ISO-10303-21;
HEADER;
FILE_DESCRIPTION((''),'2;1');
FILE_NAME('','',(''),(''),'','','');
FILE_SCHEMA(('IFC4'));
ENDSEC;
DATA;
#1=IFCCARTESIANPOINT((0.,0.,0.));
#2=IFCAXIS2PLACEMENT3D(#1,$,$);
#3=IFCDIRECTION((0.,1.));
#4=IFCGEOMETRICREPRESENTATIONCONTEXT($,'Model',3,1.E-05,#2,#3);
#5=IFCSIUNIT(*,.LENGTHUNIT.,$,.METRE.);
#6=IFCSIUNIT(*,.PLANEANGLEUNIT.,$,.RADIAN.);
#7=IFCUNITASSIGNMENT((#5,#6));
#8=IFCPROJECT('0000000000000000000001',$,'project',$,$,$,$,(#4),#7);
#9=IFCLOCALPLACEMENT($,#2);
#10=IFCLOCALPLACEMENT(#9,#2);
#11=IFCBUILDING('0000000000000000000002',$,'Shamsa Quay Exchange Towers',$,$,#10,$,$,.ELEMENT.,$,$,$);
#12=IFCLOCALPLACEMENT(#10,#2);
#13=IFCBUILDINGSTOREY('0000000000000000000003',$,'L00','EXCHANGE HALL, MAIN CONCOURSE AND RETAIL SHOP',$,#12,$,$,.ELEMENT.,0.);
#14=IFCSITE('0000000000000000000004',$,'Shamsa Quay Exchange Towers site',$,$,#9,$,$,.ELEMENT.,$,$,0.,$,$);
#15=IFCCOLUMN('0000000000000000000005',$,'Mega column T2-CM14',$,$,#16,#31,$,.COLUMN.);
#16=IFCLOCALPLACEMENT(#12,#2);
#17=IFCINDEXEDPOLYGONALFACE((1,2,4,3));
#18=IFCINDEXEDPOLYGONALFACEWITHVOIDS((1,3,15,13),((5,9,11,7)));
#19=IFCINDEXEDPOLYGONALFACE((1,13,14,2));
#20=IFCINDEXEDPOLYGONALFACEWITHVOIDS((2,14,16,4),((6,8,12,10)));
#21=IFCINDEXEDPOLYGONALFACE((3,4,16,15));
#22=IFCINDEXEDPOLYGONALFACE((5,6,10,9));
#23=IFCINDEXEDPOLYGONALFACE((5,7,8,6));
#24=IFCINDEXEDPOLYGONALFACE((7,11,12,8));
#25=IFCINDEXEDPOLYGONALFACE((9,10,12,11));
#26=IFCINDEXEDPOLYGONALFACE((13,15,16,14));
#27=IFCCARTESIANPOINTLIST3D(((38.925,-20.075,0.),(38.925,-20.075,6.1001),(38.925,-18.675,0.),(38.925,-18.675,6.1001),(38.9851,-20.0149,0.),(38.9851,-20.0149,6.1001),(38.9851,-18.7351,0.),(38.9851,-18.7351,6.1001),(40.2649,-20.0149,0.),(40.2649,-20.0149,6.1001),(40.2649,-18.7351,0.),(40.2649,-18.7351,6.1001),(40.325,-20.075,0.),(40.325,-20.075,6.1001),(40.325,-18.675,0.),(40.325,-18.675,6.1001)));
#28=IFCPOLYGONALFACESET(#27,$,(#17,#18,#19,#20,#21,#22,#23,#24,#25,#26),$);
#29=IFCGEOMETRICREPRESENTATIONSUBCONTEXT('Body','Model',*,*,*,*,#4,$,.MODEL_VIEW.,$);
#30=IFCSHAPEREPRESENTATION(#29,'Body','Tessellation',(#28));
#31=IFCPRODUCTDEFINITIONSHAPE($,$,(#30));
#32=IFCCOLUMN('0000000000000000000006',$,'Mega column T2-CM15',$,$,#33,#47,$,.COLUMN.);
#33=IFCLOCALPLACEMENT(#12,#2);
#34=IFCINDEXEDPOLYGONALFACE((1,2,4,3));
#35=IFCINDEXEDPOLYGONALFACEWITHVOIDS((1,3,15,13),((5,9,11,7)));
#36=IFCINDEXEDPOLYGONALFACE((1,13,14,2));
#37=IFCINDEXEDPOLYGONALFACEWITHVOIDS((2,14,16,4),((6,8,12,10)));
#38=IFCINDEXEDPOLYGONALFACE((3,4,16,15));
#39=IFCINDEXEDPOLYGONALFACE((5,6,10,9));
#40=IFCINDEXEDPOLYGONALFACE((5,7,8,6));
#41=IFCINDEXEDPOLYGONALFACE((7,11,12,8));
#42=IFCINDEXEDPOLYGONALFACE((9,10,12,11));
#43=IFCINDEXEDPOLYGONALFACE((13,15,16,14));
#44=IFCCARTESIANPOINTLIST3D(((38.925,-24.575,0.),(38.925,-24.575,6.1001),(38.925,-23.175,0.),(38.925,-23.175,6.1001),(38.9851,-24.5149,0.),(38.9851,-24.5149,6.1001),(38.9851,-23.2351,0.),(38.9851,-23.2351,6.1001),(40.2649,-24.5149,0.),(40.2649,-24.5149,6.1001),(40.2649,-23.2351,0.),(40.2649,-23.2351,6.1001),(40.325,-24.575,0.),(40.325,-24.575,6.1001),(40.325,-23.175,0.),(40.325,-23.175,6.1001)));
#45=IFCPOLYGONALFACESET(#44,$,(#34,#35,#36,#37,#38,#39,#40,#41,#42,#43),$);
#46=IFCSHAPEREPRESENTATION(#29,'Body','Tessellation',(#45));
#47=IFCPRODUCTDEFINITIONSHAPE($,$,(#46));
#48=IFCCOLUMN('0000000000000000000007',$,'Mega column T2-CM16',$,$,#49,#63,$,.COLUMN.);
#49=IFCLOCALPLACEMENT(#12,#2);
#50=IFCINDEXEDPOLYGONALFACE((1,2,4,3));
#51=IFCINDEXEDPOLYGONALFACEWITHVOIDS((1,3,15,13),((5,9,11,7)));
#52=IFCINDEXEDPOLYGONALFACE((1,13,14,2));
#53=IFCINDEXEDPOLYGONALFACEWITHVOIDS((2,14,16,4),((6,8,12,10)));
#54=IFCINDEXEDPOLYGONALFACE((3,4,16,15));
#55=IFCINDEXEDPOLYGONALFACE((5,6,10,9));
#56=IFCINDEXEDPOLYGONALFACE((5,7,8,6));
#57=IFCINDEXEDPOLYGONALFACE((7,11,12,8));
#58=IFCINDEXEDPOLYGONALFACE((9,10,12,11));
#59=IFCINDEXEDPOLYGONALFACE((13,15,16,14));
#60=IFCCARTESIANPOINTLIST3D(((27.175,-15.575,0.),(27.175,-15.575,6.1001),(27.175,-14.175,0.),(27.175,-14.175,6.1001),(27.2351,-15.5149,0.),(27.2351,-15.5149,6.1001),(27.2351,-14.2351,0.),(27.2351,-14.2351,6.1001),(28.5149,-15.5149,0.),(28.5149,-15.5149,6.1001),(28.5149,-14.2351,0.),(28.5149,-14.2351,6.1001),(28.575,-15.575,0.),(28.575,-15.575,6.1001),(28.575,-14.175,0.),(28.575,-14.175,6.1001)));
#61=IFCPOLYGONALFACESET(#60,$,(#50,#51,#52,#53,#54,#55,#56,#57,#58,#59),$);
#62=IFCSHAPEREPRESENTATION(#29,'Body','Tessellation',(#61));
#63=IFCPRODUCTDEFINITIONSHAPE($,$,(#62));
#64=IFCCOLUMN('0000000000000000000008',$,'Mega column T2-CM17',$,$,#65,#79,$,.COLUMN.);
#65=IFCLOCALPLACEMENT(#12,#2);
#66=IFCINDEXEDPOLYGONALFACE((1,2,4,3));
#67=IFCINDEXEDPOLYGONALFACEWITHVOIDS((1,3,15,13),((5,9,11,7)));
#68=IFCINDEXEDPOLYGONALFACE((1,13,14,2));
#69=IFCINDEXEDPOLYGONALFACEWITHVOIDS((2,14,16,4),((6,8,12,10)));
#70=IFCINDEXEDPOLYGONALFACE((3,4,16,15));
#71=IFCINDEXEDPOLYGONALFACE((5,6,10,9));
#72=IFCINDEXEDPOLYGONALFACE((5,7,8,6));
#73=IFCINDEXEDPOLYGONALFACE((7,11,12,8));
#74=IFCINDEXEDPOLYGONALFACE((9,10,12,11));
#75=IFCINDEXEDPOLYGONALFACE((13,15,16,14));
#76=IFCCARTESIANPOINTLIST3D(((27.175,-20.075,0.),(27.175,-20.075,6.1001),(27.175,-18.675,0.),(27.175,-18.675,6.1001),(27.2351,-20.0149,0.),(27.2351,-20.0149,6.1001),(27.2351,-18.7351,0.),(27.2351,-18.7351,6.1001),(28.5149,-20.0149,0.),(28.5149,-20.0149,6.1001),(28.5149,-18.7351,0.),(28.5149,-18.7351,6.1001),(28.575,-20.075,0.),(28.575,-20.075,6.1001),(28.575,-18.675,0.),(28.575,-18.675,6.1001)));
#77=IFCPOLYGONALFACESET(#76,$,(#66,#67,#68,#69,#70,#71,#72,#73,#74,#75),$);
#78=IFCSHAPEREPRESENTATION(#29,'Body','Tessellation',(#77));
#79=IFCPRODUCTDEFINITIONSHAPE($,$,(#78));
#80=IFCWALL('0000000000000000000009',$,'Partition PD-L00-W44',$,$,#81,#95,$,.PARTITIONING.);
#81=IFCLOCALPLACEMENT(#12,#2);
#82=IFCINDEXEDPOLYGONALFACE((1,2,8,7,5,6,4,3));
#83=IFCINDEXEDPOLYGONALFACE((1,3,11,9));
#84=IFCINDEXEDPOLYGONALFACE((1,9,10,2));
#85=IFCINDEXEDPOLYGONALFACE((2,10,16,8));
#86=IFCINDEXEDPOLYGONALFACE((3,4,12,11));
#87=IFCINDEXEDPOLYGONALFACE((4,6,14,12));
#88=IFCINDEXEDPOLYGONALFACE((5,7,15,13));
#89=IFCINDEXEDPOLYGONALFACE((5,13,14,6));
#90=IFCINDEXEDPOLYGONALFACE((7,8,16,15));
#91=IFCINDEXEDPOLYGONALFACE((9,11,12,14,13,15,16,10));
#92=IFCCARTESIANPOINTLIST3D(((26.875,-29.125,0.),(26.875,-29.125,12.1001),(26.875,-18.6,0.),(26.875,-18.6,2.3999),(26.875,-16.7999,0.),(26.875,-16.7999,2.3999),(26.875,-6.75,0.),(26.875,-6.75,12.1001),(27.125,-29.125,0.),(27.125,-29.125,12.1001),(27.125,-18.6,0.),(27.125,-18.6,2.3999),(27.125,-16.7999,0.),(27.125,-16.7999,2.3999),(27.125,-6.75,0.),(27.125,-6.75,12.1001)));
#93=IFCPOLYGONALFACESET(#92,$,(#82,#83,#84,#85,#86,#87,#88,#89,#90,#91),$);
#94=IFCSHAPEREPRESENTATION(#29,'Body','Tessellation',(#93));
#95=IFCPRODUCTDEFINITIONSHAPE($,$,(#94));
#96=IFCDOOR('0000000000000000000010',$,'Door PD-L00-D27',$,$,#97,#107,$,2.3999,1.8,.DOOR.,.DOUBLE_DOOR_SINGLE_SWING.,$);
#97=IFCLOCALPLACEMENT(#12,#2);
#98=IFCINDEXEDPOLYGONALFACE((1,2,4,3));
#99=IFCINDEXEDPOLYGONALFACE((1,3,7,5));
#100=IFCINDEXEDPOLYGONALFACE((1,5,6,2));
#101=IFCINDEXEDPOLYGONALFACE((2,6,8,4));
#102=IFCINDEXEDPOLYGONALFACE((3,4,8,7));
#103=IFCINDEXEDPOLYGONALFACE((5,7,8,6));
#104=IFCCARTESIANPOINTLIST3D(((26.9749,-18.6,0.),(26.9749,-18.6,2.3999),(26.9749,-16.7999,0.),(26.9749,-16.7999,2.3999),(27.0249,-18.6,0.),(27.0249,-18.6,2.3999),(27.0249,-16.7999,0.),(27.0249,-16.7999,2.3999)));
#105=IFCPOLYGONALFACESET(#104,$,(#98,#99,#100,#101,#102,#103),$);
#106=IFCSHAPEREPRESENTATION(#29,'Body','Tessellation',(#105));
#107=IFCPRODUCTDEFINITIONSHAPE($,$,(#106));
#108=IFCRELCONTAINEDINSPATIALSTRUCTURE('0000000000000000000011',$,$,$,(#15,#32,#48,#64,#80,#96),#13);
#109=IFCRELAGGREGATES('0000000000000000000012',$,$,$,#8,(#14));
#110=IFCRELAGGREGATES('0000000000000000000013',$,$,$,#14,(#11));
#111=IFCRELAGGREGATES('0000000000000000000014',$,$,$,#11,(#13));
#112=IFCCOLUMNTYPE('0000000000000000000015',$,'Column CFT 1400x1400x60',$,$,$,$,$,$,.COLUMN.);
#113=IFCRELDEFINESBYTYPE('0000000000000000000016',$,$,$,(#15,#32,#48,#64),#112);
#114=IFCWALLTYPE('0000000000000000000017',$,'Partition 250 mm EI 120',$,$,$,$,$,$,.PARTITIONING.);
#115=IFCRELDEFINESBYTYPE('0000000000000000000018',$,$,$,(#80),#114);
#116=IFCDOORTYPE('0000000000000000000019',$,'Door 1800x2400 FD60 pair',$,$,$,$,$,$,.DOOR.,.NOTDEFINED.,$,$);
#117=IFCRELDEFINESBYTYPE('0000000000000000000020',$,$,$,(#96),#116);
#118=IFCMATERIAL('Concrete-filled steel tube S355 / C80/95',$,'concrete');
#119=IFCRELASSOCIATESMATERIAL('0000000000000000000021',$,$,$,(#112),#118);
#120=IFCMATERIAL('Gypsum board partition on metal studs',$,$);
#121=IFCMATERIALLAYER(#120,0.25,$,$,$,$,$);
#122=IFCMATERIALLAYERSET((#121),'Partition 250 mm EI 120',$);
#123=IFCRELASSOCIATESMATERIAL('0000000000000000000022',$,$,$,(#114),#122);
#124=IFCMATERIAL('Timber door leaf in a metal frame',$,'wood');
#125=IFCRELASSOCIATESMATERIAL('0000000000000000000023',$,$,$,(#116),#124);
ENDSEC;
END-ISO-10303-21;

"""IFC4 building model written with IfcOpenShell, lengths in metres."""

from ifc_helpers import new_model, si_unit, direction, frame, frame_2d, origin, origin_2d, place, context, subcontext, project, spatial, rectangle, hollow_rectangle, extrude, material, layer, layer_set, material_profile, profile_set, type_object, element, fill, save


model = new_model("IFC4")

# Units and contexts
model_context = context("Model", 3, precision=1e-05, world=origin(), true_north=direction((0.0, 1.0)))
body_context = subcontext(model_context, "Body", "Model", "MODEL_VIEW")
ifc_project = project(units=[si_unit("LENGTHUNIT", "METRE"), si_unit("PLANEANGLEUNIT", "RADIAN")], contexts=[model_context])

# Site, building, storey
site_placement = place(None, origin())
site = spatial("IfcSite", under=ifc_project, at=site_placement, Name="Shamsa Quay Exchange Towers site", CompositionType="ELEMENT", RefElevation=0.0)
building_placement = place(site_placement, origin())
building = spatial("IfcBuilding", under=site, at=building_placement, Name="Shamsa Quay Exchange Towers", CompositionType="ELEMENT")
storey_placement = place(building_placement, origin())
storey = spatial("IfcBuildingStorey", under=building, at=storey_placement, Name="L00", Description="EXCHANGE HALL, MAIN CONCOURSE AND RETAIL SHOP", CompositionType="ELEMENT", Elevation=0.0)

# Columns
ifc_material_1 = material(Name="Concrete-filled steel tube S355 / C80/95", Category="concrete")
ifc_material_profile_1 = material_profile(ifc_material_1, hollow_rectangle(XDim=1.3999, YDim=1.3999, WallThickness=0.0601, at=origin_2d()), Name="CFT 1400x1400x60")
ifc_profile_set_1 = profile_set([ifc_material_profile_1], Name="Concrete-filled steel tube S355 / C80/95")
column_type = type_object("IfcColumnType", Name="Column CFT 1400x1400x60", PredefinedType="COLUMN", material=ifc_profile_set_1)
for number, where, name in (
    (1, (39.625, -19.375, 0.0), "Mega column T2-CM14"),
    (2, (39.625, -23.875, 0.0), "Mega column T2-CM15"),
    (3, (27.875, -14.875, 0.0), "Mega column T2-CM16"),
    (4, (27.875, -19.375, 0.0), "Mega column T2-CM17"),
):
    element("IfcColumn", number, at=place(storey_placement, frame(where)), inside=storey, type_object=column_type, Name=name, PredefinedType="COLUMN", context=body_context, shape_type="SweptSolid", body=[
        extrude(hollow_rectangle(XDim=1.3999, YDim=1.3999, WallThickness=0.0601, at=origin_2d()), origin(), (0.0, 0.0, 1.0), 6.1001),
    ])

# Wall, opening, door
ifc_material_2 = material(Name="Gypsum board partition on metal studs")
ifc_layer = layer(ifc_material_2, 0.25)
ifc_layer_set = layer_set([ifc_layer], Name="Partition 250 mm EI 120")
wall_type = type_object("IfcWallType", Name="Partition 250 mm EI 120", PredefinedType="PARTITIONING", material=ifc_layer_set)
wall_placement = place(storey_placement, frame((27.0, -6.75, 0.0), z_axis=(0.0, 0.0, 1.0), x_axis=(0.0, -1.0, 0.0)))
wall = element("IfcWall", 5, at=wall_placement, inside=storey, type_object=wall_type, Name="Partition PD-L00-W44", PredefinedType="PARTITIONING", context=body_context, shape_type="SweptSolid", body=[
    extrude(rectangle(XDim=22.375, YDim=0.25, at=frame_2d((11.1875, 0.0))), origin(), (0.0, 0.0, 1.0), 12.1001),
])
opening_placement = place(wall_placement, frame((10.05, 0.0, 0.0)))
opening = element("IfcOpeningElement", 6, at=opening_placement, cuts=wall, PredefinedType="OPENING", context=body_context, shape_type="SweptSolid", body=[
    extrude(rectangle(XDim=1.8, YDim=2.3999, at=frame_2d((0.8999, 1.2))), frame((0.0, 0.135, 0.0), z_axis=(0.0, -1.0, 0.0), x_axis=(1.0, 0.0, 0.0)), (0.0, 0.0, 1.0), 0.27),
])
ifc_material_3 = material(Name="Timber door leaf in a metal frame", Category="wood")
door_type = type_object("IfcDoorType", Name="Door 1800x2400 FD60 pair", OperationType="NOTDEFINED", PredefinedType="DOOR", material=ifc_material_3)
door_placement = place(opening_placement, origin())
door = element("IfcDoor", 7, at=door_placement, inside=storey, type_object=door_type, Name="Door PD-L00-D27", OperationType="DOUBLE_DOOR_SINGLE_SWING", OverallHeight=2.3999, OverallWidth=1.8, PredefinedType="DOOR", context=body_context, shape_type="SweptSolid", body=[
    extrude(rectangle(XDim=1.8, YDim=2.3999, at=frame_2d((0.8999, 1.2))), frame((0.0, 0.0249, 0.0), z_axis=(0.0, -1.0, 0.0), x_axis=(1.0, 0.0, 0.0)), (0.0, 0.0, 1.0), 0.05),
])
fill(opening, door)

save(model, "model.ifc")
